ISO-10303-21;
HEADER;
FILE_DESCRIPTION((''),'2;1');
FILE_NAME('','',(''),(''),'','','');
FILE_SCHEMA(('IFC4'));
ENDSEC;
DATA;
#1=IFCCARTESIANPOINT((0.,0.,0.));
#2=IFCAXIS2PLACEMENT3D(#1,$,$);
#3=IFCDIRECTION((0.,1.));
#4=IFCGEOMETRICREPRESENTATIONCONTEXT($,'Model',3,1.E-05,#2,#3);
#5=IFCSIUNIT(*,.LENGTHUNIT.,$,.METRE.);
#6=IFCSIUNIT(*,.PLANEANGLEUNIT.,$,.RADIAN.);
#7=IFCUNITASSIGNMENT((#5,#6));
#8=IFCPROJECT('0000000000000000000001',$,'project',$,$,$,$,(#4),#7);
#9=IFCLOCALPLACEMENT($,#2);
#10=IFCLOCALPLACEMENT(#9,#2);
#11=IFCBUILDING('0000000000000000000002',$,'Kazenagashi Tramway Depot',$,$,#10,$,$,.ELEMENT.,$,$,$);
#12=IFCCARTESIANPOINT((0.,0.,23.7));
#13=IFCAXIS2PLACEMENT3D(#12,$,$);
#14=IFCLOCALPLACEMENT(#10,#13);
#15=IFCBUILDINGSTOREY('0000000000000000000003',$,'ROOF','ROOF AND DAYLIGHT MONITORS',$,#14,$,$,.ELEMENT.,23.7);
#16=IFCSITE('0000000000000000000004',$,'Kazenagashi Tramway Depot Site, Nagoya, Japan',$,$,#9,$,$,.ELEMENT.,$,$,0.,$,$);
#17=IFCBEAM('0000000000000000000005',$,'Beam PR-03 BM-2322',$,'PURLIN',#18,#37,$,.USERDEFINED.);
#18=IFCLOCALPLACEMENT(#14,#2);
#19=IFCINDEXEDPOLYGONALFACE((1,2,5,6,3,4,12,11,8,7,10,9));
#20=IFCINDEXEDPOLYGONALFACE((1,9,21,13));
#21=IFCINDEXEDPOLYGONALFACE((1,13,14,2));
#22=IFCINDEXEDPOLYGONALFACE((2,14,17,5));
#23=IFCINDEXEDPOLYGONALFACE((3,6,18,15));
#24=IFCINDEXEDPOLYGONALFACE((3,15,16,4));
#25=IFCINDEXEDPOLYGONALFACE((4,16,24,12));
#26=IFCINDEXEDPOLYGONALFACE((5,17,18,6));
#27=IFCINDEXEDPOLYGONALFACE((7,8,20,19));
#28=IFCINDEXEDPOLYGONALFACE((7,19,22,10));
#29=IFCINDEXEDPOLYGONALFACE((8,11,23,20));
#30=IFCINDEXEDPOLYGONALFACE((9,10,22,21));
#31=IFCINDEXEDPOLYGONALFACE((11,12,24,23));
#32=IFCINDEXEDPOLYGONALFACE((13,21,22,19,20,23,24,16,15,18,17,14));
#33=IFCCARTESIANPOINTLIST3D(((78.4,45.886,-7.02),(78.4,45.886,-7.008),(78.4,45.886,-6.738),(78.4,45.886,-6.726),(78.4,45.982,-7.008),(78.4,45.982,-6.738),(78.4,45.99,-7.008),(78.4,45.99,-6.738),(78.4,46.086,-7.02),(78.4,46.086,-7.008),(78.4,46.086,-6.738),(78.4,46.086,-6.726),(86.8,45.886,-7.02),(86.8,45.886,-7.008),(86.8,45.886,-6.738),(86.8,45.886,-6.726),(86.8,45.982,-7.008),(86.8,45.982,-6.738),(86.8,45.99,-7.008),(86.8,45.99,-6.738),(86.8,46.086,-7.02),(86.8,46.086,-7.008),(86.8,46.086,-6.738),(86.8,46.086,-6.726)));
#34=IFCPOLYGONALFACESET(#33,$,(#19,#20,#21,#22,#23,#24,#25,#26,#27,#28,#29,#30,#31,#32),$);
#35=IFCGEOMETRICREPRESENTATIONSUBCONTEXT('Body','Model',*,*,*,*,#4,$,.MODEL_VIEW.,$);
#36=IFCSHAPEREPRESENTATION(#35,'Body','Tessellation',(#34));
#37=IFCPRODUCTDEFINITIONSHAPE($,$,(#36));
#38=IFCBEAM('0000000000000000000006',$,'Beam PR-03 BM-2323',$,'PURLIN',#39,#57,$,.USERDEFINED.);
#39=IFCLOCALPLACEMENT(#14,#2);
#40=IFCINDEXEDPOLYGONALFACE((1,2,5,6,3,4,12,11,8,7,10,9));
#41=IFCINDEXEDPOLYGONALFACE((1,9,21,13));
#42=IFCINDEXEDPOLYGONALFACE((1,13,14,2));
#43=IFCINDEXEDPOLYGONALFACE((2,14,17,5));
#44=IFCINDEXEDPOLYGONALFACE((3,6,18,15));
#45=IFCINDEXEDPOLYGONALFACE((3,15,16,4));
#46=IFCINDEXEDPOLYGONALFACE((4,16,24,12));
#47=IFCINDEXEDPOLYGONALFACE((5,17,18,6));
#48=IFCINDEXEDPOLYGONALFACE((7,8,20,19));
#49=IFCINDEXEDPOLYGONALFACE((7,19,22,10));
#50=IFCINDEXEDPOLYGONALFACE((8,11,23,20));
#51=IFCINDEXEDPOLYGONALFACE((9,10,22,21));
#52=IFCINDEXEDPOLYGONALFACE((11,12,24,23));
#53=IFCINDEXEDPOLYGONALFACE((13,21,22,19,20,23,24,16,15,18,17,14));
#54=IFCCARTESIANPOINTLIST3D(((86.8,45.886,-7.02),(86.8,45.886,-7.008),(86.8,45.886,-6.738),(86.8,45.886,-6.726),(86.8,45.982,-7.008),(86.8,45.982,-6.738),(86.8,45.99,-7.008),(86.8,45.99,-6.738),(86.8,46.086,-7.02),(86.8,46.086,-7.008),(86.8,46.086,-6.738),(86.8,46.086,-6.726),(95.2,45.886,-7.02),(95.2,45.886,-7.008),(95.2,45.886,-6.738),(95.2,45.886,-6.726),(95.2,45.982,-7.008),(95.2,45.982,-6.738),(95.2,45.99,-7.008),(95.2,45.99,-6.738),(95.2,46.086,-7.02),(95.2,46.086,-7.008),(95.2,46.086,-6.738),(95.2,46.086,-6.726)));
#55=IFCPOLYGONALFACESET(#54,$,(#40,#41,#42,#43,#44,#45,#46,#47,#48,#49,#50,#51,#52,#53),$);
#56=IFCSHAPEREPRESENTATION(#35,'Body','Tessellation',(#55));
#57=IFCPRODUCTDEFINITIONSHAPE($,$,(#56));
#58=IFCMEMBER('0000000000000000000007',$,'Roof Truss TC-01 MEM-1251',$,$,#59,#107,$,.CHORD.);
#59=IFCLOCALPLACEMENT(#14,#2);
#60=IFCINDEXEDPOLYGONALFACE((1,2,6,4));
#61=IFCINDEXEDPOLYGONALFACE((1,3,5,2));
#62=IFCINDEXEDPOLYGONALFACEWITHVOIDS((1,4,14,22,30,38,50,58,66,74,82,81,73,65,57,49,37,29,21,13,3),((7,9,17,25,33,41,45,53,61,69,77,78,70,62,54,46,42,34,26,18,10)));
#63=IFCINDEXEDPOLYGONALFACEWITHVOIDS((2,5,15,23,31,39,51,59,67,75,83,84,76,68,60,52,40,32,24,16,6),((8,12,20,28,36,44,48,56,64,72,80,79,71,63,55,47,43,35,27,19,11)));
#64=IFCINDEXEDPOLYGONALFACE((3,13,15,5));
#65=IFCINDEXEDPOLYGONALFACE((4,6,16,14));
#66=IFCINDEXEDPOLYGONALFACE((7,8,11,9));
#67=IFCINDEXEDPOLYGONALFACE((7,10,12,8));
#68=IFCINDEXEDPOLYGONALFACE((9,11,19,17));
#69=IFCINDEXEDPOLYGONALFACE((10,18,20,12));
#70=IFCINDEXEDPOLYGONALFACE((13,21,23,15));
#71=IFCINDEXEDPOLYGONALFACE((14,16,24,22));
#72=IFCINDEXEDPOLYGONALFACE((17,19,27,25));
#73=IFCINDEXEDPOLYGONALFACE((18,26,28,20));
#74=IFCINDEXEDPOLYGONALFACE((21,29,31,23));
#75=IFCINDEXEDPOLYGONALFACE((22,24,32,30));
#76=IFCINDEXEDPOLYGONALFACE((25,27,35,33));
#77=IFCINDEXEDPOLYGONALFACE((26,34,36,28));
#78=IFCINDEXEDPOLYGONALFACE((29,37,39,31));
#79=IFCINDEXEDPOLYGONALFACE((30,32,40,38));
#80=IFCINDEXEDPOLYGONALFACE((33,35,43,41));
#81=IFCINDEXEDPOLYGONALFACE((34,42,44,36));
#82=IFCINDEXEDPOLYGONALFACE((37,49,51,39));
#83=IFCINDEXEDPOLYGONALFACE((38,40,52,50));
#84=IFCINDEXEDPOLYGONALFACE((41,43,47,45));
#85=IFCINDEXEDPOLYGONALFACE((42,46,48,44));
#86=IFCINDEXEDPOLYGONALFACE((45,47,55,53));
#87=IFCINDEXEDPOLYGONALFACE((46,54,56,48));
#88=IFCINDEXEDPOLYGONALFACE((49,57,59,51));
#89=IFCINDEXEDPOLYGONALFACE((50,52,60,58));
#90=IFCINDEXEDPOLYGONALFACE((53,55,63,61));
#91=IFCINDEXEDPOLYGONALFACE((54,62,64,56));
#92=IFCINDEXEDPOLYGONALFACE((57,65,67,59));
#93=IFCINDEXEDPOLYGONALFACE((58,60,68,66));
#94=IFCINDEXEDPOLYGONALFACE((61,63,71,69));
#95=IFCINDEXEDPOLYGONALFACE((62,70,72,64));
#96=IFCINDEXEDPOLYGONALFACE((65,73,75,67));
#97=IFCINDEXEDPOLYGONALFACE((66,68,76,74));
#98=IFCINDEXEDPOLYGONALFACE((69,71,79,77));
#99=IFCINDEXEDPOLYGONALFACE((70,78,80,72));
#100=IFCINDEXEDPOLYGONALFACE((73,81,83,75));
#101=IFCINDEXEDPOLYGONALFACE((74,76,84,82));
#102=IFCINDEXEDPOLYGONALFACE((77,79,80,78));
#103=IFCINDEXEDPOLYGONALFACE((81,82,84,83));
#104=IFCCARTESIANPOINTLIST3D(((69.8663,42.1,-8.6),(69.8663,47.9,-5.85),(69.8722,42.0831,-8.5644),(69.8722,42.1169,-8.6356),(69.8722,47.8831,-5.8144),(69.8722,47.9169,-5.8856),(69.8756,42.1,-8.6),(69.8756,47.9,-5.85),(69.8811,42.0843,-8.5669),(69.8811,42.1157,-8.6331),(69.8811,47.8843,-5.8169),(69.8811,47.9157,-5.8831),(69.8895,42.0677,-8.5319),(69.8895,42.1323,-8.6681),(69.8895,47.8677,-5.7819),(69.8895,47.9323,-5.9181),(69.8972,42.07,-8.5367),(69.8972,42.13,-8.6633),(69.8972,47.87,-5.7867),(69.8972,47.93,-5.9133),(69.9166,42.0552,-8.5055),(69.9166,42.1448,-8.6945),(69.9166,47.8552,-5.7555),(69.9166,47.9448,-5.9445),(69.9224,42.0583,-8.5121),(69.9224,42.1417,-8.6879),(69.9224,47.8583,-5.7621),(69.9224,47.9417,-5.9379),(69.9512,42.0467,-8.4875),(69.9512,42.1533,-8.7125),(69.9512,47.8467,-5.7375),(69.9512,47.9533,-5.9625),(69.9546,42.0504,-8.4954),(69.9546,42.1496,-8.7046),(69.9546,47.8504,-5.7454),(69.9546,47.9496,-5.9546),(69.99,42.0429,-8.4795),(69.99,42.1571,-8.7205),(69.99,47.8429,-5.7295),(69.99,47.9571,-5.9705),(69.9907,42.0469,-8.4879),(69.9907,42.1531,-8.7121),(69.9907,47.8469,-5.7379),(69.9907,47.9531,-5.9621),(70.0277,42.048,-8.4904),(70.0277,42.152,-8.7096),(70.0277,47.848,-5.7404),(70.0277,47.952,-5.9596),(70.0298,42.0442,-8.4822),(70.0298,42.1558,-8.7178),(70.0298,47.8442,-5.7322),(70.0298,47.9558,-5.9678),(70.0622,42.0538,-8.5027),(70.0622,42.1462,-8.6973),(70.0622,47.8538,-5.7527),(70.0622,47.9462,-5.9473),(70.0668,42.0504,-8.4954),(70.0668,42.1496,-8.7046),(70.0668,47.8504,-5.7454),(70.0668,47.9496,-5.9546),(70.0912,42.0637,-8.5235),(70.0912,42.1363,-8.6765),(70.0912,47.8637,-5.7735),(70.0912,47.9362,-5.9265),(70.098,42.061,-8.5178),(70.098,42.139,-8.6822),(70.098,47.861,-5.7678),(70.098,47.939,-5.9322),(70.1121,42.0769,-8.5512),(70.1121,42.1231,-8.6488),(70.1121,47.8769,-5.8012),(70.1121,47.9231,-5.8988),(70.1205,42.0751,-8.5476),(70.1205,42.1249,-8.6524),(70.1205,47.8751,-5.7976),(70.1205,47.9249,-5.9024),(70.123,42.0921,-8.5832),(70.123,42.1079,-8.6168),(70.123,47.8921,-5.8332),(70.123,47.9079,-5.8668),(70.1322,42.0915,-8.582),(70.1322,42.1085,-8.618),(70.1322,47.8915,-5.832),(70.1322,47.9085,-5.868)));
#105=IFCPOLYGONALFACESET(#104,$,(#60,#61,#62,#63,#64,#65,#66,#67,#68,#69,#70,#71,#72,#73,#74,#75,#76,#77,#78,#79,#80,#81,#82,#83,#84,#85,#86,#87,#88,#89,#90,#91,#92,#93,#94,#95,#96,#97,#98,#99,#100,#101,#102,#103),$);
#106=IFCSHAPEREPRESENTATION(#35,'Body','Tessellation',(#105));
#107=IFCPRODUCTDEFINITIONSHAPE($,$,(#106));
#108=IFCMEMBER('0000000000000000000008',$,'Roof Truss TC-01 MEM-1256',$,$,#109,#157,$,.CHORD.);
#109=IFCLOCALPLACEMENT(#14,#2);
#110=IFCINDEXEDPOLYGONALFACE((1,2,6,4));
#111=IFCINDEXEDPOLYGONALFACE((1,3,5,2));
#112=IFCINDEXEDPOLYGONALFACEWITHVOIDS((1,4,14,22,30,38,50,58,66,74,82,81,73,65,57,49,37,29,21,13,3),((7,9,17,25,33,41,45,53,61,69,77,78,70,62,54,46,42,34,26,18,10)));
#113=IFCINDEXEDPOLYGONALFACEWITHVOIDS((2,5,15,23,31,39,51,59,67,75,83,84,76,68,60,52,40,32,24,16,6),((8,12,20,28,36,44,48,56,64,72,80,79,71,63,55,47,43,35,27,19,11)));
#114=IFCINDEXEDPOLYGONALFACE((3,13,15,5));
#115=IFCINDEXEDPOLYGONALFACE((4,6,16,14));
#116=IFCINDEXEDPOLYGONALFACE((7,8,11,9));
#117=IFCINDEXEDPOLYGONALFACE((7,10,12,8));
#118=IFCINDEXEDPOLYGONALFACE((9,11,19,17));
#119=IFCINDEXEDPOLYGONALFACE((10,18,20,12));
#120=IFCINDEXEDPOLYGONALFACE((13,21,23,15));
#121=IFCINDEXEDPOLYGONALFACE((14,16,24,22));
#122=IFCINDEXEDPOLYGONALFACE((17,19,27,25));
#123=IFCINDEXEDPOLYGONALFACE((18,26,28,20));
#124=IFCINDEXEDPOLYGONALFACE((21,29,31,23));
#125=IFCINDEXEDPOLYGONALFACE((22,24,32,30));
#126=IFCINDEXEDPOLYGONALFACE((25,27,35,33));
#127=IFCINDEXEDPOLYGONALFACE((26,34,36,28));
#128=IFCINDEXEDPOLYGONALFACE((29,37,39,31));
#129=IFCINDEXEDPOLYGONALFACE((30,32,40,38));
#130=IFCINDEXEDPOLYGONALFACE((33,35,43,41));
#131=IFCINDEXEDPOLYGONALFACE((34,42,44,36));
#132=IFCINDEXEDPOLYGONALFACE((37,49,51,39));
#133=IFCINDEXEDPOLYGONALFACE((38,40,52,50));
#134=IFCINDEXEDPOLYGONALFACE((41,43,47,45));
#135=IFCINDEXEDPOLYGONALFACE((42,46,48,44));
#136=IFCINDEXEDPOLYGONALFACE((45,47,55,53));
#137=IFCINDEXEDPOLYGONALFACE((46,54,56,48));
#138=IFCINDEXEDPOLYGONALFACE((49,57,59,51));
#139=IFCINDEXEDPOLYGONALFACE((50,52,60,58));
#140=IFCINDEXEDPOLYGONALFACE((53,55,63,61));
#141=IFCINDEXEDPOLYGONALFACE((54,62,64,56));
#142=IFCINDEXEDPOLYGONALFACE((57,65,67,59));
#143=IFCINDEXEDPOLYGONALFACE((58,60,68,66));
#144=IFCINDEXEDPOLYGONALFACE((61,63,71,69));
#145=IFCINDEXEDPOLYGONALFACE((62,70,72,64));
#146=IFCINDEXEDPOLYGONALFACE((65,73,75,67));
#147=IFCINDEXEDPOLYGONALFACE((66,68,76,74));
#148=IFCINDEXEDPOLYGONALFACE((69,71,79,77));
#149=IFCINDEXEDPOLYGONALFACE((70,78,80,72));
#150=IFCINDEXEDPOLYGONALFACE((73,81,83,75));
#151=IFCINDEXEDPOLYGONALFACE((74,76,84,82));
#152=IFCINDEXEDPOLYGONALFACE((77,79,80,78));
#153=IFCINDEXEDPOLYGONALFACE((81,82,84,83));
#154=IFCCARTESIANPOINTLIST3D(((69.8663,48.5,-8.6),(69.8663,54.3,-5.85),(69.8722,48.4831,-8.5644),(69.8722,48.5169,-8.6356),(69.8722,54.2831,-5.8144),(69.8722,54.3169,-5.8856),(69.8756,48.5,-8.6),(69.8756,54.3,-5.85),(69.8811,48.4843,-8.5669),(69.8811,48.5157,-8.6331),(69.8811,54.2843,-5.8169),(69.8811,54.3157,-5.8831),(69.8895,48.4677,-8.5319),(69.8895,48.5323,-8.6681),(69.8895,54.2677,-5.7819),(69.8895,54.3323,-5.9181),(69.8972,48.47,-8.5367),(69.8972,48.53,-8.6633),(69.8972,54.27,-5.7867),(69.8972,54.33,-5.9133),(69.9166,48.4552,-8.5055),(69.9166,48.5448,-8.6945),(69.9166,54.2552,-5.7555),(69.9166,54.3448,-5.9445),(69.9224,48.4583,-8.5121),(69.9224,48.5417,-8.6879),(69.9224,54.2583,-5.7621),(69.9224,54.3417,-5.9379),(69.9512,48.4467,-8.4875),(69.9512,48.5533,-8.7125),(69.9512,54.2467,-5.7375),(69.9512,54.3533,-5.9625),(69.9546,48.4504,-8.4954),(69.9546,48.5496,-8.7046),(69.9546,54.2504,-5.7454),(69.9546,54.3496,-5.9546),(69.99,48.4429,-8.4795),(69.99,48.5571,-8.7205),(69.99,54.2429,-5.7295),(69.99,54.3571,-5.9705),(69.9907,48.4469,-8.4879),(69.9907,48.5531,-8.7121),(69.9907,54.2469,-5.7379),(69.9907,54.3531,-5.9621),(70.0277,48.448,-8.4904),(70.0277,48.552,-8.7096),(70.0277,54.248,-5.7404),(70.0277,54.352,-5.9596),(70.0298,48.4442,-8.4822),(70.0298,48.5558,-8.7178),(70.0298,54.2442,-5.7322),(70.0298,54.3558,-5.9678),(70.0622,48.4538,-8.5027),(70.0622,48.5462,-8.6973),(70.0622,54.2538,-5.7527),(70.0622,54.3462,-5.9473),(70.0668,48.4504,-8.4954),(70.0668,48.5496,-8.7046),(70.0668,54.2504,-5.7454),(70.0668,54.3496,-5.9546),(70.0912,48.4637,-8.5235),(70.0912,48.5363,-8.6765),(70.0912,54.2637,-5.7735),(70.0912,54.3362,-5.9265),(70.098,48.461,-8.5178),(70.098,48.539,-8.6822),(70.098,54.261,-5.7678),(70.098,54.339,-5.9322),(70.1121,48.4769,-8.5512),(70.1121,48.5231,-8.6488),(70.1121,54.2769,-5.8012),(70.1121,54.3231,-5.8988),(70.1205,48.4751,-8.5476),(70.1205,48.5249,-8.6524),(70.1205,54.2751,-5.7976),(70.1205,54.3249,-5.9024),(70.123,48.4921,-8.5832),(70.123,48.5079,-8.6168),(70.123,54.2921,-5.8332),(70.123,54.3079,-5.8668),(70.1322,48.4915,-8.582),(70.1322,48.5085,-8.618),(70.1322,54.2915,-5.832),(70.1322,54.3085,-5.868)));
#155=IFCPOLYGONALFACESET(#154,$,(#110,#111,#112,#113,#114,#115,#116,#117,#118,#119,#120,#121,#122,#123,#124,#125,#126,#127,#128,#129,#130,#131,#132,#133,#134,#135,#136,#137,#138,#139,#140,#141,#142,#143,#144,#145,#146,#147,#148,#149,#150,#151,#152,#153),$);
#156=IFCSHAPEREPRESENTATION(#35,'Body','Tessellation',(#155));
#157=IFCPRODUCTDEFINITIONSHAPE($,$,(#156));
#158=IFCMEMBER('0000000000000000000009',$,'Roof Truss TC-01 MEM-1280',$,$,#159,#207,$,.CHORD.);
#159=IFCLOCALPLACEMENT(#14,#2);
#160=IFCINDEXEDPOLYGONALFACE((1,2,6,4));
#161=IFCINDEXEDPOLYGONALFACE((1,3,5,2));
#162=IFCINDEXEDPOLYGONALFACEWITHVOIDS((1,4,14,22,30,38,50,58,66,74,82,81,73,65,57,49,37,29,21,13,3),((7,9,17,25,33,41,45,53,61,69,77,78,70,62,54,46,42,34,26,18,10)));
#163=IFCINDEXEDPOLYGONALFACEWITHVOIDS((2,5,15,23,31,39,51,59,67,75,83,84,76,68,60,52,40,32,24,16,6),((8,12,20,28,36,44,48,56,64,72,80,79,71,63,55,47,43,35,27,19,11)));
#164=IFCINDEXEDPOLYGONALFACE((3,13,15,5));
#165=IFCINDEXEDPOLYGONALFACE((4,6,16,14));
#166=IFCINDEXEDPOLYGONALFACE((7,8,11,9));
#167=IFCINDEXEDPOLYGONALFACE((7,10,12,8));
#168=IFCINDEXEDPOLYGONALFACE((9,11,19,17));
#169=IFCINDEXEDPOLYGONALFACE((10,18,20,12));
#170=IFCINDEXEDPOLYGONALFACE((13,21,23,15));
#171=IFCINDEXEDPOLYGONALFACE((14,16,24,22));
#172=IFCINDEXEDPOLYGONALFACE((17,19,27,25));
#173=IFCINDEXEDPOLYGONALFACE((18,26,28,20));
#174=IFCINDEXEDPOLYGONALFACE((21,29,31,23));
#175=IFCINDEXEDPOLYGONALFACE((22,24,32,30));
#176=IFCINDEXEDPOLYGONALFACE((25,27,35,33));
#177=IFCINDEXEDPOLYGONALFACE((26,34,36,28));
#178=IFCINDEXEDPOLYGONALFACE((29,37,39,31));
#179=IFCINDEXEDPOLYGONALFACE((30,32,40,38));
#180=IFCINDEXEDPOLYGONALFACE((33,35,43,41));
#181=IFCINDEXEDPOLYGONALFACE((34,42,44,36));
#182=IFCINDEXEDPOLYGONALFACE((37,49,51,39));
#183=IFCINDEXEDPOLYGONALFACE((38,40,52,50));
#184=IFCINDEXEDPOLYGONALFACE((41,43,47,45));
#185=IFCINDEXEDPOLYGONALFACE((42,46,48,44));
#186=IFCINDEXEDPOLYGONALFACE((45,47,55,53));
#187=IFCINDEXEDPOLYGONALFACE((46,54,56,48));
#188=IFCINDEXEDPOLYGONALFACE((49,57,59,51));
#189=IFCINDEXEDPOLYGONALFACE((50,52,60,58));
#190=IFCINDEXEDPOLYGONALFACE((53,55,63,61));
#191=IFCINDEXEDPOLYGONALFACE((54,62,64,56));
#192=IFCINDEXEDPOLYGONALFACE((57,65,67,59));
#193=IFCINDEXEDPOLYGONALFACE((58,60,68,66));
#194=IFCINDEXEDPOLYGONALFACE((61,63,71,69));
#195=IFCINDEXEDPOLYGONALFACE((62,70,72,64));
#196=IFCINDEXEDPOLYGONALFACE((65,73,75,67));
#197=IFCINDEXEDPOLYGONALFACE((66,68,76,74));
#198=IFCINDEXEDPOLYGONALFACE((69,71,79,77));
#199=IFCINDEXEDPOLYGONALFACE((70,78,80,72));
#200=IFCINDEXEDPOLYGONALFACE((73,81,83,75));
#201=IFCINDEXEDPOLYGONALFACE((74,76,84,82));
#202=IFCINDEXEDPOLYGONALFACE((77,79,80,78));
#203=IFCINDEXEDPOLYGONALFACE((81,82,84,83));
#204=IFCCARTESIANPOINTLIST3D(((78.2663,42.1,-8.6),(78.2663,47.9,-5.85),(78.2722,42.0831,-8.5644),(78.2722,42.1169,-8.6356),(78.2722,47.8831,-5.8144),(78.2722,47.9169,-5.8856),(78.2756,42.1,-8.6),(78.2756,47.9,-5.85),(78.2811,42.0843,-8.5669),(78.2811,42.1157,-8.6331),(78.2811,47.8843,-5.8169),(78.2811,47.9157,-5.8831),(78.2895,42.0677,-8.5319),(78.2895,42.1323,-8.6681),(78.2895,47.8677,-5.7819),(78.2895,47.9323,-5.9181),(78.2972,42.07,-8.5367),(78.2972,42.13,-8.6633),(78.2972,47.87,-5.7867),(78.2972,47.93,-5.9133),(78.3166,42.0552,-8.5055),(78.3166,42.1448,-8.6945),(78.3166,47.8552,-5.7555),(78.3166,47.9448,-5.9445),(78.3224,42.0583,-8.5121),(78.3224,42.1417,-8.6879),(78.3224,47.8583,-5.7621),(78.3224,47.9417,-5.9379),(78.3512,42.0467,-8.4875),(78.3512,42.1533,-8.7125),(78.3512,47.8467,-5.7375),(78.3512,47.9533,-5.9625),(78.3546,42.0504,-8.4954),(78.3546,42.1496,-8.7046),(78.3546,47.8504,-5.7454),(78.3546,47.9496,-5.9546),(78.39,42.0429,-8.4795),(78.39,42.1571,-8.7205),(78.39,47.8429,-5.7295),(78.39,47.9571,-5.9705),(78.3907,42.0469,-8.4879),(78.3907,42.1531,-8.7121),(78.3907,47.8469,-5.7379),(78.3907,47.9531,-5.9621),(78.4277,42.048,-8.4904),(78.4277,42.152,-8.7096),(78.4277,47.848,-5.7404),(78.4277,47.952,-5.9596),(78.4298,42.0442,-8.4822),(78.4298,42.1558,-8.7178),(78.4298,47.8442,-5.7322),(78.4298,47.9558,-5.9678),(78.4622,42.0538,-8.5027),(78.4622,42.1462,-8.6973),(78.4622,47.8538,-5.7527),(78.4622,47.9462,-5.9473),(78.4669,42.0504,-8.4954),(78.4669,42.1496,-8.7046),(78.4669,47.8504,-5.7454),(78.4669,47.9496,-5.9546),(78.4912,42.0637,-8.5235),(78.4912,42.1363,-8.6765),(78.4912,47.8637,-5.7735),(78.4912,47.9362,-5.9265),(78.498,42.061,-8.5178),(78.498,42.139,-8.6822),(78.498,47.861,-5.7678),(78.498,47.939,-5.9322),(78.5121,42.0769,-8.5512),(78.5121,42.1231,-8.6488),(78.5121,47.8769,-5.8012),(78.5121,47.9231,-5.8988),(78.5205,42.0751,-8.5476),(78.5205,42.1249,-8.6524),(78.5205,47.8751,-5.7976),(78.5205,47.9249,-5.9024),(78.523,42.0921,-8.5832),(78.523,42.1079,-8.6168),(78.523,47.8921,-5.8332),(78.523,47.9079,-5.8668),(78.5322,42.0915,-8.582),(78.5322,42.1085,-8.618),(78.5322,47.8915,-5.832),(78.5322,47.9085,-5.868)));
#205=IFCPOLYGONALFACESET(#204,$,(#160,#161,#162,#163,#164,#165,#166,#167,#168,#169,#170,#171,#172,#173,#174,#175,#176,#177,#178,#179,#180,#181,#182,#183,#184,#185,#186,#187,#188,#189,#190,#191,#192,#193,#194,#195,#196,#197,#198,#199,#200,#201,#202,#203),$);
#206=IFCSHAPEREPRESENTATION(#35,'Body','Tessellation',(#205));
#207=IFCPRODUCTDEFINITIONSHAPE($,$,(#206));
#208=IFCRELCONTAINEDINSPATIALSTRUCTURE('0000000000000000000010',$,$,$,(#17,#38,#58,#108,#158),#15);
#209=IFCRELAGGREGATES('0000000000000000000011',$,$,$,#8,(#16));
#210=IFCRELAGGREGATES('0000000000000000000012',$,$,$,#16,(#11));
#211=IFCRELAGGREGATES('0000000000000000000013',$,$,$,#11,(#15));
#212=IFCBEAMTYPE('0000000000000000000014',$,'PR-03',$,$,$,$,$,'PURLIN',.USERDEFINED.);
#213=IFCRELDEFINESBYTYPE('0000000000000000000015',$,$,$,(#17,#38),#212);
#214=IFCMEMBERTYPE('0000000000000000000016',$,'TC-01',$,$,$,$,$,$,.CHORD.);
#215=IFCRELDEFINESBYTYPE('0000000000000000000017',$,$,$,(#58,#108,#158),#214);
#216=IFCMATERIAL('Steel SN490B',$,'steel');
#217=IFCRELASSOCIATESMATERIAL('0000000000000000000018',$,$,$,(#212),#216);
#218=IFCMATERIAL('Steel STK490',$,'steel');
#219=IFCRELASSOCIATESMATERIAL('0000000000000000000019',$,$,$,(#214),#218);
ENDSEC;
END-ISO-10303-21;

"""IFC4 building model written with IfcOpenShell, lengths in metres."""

from ifc_helpers import new_model, si_unit, direction, frame, origin, origin_2d, place, context, subcontext, project, spatial, hollow_circle, i_section, extrude, material, material_profile, profile_set, type_object, element, save


model = new_model("IFC4")

# Units and contexts
model_context = context("Model", 3, precision=1e-05, world=origin(), true_north=direction((0.0, 1.0)))
body_context = subcontext(model_context, "Body", "Model", "MODEL_VIEW")
ifc_project = project(units=[si_unit("LENGTHUNIT", "METRE"), si_unit("PLANEANGLEUNIT", "RADIAN")], contexts=[model_context])

# Site, building, storey
site_placement = place(None, origin())
site = spatial("IfcSite", under=ifc_project, at=site_placement, Name="Kazenagashi Tramway Depot Site, Nagoya, Japan", CompositionType="ELEMENT", RefElevation=0.0)
building_placement = place(site_placement, origin())
building = spatial("IfcBuilding", under=site, at=building_placement, Name="Kazenagashi Tramway Depot", CompositionType="ELEMENT")
storey_placement = place(building_placement, frame((0.0, 0.0, 23.7)))
storey = spatial("IfcBuildingStorey", under=building, at=storey_placement, Name="ROOF", Description="ROOF AND DAYLIGHT MONITORS", CompositionType="ELEMENT", Elevation=23.7)

# Beams
ifc_material_1 = material(Name="Steel SN490B", Category="steel")
ifc_material_profile_1 = material_profile(ifc_material_1, i_section(OverallWidth=0.2, OverallDepth=0.294, WebThickness=0.008, FlangeThickness=0.012, at=origin_2d()), Name="H-294x200x8x12")
ifc_profile_set_1 = profile_set([ifc_material_profile_1], Name="Steel SN490B")
beam_type_1 = type_object("IfcBeamType", Name="PR-03", ElementType="PURLIN", PredefinedType="USERDEFINED", material=ifc_profile_set_1)
for number, where, z_axis, x_axis, name in (
    (1, (78.4, 45.986, -6.873), (1.0, 0.0, 0.0), (0.0, 1.0, 0.0), "Beam PR-03 BM-2322"),
    (2, (86.8, 45.986, -6.873), (1.0, 0.0, 0.0), (0.0, 1.0, 0.0), "Beam PR-03 BM-2323"),
):
    element("IfcBeam", number, at=place(storey_placement, frame(where, z_axis=z_axis, x_axis=x_axis)), inside=storey, type_object=beam_type_1, Name=name, ObjectType="PURLIN", PredefinedType="USERDEFINED", context=body_context, shape_type="SweptSolid", body=[
        extrude(i_section(OverallWidth=0.2, OverallDepth=0.294, WebThickness=0.008, FlangeThickness=0.012, at=origin_2d()), origin(), (0.0, 0.0, 1.0), 8.4),
    ])

# Members
ifc_material_2 = material(Name="Steel STK490", Category="steel")
ifc_material_profile_2 = material_profile(ifc_material_2, hollow_circle(Radius=0.1337, WallThickness=0.0093, at=origin_2d()), Name="CHS-267.4x9.3")
ifc_profile_set_2 = profile_set([ifc_material_profile_2], Name="Steel STK490")
member_type_1 = type_object("IfcMemberType", Name="TC-01", PredefinedType="CHORD", material=ifc_profile_set_2)
for number, where, z_axis, x_axis, name in (
    (3, (70.0, 42.1, -8.6), (0.0, 0.903579, 0.428421), (-1.0, 0.0, 0.0), "Roof Truss TC-01 MEM-1251"),
    (4, (70.0, 48.5, -8.6), (0.0, 0.903579, 0.428421), (-1.0, 0.0, 0.0), "Roof Truss TC-01 MEM-1256"),
    (5, (78.4, 42.1, -8.6), (0.0, 0.903579, 0.428421), (-1.0, 0.0, 0.0), "Roof Truss TC-01 MEM-1280"),
):
    element("IfcMember", number, at=place(storey_placement, frame(where, z_axis=z_axis, x_axis=x_axis)), inside=storey, type_object=member_type_1, Name=name, PredefinedType="CHORD", context=body_context, shape_type="SweptSolid", body=[
        extrude(hollow_circle(Radius=0.1337, WallThickness=0.0093, at=origin_2d()), origin(), (0.0, 0.0, 1.0), 6.4189),
    ])

save(model, "model.ifc")
